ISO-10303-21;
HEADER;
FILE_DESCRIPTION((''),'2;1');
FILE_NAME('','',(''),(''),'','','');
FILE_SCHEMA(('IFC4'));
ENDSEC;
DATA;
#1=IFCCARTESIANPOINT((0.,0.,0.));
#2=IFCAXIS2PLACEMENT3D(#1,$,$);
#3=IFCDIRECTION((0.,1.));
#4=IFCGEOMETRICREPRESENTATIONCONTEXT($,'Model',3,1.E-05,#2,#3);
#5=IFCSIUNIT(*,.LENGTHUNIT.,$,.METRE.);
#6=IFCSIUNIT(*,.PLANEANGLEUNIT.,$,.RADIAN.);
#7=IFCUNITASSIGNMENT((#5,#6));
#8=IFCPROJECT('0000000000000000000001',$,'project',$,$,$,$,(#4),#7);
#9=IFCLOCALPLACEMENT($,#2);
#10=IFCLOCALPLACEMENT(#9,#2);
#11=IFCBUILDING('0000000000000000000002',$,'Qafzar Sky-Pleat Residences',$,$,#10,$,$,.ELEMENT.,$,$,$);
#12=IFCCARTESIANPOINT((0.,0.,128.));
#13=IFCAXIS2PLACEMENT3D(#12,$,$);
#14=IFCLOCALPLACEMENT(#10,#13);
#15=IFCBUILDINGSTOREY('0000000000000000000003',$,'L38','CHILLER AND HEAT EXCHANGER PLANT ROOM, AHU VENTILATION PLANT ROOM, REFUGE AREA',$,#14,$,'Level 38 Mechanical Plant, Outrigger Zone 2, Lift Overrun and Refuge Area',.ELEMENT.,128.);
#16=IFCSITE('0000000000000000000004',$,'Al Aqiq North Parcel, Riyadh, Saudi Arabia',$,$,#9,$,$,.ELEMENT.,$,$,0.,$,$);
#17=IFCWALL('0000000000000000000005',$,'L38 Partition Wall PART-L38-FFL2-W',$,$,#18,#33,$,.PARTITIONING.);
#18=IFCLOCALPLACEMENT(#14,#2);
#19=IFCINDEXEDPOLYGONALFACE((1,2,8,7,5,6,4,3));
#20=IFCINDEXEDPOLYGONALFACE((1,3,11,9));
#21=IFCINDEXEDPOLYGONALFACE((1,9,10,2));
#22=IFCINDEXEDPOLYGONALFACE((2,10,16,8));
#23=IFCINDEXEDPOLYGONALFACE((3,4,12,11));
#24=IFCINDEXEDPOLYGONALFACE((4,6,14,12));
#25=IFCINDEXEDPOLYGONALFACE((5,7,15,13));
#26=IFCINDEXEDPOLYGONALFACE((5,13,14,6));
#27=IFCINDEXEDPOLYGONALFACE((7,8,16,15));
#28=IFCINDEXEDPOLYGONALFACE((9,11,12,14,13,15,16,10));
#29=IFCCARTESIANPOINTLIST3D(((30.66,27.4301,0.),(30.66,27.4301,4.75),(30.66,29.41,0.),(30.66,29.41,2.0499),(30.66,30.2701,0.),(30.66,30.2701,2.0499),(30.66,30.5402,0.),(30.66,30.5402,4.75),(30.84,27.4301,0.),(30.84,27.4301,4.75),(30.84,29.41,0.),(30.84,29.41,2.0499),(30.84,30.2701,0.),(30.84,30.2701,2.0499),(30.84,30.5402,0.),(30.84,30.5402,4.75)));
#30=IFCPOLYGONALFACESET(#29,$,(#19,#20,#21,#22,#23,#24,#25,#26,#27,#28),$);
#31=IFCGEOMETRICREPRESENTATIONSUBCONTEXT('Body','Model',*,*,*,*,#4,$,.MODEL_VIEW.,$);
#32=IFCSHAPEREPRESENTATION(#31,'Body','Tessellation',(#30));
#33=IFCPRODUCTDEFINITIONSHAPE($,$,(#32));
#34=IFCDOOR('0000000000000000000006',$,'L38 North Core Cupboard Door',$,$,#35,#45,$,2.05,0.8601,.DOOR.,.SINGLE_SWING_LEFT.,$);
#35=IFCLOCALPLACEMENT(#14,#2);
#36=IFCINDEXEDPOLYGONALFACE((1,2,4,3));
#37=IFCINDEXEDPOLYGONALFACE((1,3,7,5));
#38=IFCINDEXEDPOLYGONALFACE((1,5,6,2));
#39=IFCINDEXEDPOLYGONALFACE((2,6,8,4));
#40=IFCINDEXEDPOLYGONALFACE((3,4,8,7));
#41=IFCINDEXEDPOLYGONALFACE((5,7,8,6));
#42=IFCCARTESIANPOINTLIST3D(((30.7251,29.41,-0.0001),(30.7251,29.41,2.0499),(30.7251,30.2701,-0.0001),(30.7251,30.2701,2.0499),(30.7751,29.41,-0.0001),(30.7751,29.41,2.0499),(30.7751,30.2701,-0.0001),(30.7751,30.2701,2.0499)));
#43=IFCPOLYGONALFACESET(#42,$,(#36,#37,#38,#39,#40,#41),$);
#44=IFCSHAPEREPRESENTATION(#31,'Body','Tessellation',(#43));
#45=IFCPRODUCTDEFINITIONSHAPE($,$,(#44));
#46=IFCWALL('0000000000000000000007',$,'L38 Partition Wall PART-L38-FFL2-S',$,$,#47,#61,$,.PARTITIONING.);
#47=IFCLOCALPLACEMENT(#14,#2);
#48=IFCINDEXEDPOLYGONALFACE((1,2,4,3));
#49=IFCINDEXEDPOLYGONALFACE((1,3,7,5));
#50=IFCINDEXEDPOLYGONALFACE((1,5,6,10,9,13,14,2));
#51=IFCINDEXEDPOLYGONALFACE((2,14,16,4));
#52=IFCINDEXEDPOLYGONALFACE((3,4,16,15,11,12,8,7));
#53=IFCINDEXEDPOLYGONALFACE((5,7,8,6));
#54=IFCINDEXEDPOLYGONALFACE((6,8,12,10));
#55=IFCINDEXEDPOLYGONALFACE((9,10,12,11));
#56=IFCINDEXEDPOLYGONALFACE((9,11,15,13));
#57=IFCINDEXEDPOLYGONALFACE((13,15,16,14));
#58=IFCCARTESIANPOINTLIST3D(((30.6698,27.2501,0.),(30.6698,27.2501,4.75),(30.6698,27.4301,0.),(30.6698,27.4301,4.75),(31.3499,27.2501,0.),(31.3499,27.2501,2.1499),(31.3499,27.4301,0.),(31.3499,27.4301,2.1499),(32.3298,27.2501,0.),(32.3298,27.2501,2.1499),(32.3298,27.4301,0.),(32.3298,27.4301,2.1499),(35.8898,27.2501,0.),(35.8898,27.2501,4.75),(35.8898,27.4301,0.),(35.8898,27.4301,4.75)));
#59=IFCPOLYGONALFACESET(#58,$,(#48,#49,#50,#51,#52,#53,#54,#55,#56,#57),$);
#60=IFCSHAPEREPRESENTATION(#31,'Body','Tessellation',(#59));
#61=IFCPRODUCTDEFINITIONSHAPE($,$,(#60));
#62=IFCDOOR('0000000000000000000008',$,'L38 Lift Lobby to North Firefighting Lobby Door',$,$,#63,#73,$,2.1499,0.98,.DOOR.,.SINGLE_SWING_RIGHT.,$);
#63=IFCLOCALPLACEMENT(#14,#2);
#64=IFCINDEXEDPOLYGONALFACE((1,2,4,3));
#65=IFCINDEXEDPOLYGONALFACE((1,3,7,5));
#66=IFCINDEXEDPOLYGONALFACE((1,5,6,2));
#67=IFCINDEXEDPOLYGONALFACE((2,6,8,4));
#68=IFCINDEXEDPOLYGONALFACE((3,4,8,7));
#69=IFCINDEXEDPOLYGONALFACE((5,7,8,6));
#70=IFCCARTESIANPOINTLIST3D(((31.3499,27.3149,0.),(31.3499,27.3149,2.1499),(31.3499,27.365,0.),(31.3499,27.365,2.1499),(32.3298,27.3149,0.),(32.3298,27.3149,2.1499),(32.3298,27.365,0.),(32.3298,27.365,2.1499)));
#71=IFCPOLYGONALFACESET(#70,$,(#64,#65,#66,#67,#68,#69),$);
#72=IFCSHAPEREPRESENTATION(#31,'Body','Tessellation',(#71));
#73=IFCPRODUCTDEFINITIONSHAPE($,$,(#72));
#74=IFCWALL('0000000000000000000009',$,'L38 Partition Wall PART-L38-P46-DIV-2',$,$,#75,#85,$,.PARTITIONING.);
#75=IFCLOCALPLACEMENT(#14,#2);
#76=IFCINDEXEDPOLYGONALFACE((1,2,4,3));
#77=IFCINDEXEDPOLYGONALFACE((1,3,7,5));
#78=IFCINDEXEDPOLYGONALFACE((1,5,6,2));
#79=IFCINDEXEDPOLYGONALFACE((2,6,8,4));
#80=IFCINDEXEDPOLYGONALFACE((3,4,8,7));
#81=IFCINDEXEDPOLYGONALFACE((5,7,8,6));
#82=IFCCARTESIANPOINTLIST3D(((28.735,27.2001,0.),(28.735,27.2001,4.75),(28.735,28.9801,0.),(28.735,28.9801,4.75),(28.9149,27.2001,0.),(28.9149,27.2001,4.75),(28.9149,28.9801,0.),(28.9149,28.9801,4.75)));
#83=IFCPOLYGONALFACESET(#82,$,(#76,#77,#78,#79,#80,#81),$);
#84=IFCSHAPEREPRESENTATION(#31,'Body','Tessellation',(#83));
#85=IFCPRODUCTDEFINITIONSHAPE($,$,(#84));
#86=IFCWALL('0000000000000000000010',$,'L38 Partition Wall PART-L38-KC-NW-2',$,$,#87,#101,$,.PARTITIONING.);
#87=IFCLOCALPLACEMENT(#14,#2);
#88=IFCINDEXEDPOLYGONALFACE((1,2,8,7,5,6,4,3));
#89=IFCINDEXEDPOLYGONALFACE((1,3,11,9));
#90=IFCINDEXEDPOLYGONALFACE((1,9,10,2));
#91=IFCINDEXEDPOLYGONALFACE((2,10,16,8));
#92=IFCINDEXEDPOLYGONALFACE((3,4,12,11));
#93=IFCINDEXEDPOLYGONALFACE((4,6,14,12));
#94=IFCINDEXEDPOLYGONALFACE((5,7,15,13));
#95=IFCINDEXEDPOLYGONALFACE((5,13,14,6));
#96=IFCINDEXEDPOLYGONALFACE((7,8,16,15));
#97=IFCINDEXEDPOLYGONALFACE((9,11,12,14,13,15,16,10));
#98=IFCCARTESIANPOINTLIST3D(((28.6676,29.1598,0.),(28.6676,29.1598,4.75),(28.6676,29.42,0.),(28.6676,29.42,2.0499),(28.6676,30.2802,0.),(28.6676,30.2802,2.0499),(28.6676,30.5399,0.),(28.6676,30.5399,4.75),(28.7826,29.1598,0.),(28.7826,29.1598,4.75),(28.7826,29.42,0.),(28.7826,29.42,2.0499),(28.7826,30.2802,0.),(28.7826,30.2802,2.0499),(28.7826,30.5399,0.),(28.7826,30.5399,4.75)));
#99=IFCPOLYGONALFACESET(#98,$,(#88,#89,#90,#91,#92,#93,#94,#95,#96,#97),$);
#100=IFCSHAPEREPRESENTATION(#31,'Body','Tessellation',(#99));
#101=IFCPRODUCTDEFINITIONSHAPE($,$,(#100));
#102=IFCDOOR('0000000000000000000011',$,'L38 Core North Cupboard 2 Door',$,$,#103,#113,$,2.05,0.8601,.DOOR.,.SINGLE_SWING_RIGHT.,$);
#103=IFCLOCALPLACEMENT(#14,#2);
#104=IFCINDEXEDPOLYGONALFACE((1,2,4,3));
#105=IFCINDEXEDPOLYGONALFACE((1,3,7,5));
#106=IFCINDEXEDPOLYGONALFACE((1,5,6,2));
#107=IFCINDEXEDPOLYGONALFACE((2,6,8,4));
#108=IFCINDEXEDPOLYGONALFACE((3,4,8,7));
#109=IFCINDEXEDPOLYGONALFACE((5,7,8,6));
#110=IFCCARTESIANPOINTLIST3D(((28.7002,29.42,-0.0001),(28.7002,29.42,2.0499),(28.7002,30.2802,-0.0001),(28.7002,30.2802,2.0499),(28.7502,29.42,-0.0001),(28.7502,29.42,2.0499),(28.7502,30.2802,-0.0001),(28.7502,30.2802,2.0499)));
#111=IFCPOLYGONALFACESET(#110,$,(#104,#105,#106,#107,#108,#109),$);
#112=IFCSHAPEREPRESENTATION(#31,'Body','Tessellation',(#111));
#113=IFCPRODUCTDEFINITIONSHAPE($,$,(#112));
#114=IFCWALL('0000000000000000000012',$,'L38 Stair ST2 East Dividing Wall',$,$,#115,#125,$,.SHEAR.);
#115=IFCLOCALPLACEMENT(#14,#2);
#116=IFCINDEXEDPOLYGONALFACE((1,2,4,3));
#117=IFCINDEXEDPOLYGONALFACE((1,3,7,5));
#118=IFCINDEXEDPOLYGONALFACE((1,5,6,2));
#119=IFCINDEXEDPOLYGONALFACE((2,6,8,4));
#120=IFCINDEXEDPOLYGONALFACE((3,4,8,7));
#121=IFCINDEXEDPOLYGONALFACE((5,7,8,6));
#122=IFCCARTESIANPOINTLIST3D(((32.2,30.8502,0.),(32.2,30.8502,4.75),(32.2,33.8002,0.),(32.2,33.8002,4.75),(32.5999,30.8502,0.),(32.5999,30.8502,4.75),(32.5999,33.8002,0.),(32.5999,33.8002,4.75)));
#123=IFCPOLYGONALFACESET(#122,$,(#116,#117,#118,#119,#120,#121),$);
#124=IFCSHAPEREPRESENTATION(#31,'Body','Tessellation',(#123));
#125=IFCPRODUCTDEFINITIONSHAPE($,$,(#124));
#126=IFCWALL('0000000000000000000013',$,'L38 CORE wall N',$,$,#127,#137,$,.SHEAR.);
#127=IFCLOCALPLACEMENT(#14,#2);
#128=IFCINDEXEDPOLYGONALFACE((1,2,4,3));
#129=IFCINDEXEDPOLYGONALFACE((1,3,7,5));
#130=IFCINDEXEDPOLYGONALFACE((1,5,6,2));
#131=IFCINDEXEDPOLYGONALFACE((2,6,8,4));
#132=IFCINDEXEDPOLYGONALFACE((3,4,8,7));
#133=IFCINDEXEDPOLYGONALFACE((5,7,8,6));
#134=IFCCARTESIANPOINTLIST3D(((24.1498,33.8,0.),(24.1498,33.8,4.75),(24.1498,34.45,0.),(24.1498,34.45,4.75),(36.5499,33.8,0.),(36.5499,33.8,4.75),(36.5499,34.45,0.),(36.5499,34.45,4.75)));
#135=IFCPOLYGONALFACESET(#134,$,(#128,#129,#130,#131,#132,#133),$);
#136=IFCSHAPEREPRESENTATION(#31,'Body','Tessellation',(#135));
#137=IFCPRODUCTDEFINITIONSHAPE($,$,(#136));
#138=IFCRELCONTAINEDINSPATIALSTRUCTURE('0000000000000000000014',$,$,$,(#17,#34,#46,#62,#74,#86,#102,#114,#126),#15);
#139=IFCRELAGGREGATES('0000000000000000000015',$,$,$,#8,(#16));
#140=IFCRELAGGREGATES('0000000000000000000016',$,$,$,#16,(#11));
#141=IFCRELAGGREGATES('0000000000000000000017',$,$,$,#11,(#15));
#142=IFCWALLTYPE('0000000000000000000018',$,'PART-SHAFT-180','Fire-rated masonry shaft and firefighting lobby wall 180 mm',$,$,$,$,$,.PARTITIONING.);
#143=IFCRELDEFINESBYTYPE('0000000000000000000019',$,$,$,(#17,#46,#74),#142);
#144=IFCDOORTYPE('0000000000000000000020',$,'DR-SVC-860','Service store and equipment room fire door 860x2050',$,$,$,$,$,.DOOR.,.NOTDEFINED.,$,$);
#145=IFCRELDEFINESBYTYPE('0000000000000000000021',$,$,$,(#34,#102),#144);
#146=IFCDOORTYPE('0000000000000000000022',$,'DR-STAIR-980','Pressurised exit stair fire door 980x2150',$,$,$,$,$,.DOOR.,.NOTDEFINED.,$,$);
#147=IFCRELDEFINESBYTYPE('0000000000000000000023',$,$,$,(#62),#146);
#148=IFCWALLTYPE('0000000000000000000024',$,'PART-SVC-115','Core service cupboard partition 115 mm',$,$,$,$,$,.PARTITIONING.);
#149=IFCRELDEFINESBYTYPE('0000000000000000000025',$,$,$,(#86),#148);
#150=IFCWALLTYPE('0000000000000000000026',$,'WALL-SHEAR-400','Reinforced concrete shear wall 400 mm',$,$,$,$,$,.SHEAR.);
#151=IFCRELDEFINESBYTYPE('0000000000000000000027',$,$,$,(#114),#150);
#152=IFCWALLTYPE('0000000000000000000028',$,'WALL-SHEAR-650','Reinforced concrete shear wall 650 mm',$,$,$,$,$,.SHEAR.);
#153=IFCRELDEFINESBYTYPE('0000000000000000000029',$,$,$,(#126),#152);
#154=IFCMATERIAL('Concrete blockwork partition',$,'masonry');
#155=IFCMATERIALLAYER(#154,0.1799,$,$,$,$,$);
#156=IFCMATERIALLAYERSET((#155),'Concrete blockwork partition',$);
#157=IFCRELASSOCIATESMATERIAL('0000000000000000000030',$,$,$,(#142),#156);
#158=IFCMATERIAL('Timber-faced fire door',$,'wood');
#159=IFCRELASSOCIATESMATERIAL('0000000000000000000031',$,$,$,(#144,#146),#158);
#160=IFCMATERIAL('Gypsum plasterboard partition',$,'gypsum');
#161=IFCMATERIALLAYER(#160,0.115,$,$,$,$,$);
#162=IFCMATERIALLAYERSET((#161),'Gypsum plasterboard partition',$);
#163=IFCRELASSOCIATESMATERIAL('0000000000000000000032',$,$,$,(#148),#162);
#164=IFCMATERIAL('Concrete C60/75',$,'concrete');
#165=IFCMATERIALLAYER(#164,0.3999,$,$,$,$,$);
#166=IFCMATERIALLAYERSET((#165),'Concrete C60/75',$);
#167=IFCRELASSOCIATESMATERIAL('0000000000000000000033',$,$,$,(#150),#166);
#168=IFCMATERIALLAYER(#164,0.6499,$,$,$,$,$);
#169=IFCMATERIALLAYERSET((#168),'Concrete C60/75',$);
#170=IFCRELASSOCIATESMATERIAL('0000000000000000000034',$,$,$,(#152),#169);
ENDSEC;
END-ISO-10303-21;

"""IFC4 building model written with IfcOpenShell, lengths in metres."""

from ifc_helpers import new_model, si_unit, direction, frame, frame_2d, origin, place, context, subcontext, project, spatial, rectangle, extrude, source, transform, mapped, material, layer, layer_set, type_object, element, fill, save


model = new_model("IFC4")

# Units and contexts
model_context = context("Model", 3, precision=1e-05, world=origin(), true_north=direction((0.0, 1.0)))
body_context = subcontext(model_context, "Body", "Model", "MODEL_VIEW")
ifc_project = project(units=[si_unit("LENGTHUNIT", "METRE"), si_unit("PLANEANGLEUNIT", "RADIAN")], contexts=[model_context])

# Site, building, storey
site_placement = place(None, origin())
site = spatial("IfcSite", under=ifc_project, at=site_placement, Name="Al Aqiq North Parcel, Riyadh, Saudi Arabia", CompositionType="ELEMENT", RefElevation=0.0)
building_placement = place(site_placement, origin())
building = spatial("IfcBuilding", under=site, at=building_placement, Name="Qafzar Sky-Pleat Residences", CompositionType="ELEMENT")
storey_placement = place(building_placement, frame((0.0, 0.0, 128.0)))
storey = spatial("IfcBuildingStorey", under=building, at=storey_placement, Name="L38", Description="CHILLER AND HEAT EXCHANGER PLANT ROOM, AHU VENTILATION PLANT ROOM, REFUGE AREA", LongName="Level 38 Mechanical Plant, Outrigger Zone 2, Lift Overrun and Refuge Area", CompositionType="ELEMENT", Elevation=128.0)

# Shared definitions
ifc_material_1 = material(Name="Timber-faced fire door", Category="wood")

# Walls, openings, doors
ifc_material_2 = material(Name="Concrete blockwork partition", Category="masonry")
ifc_layer_1 = layer(ifc_material_2, 0.1799)
ifc_layer_set_1 = layer_set([ifc_layer_1], Name="Concrete blockwork partition")
wall_type_1 = type_object("IfcWallType", Name="PART-SHAFT-180", Description="Fire-rated masonry shaft and firefighting lobby wall 180 mm", PredefinedType="PARTITIONING", material=ifc_layer_set_1)
wall_1_placement = place(storey_placement, frame((30.75, 27.4299, 0.0), z_axis=(0.0, 0.0, 1.0), x_axis=(0.0, 1.0, 0.0)))
wall_1 = element("IfcWall", 1, at=wall_1_placement, inside=storey, type_object=wall_type_1, Name="L38 Partition Wall PART-L38-FFL2-W", PredefinedType="PARTITIONING", context=body_context, shape_type="SweptSolid", body=[
    extrude(rectangle(XDim=3.1101, YDim=0.1799, at=frame_2d((1.5552, 0.0))), origin(), (0.0, 0.0, 1.0), 4.75),
])
opening_1_placement = place(wall_1_placement, frame((1.98, 0.0, 0.0)))
opening_1 = element("IfcOpeningElement", 2, at=opening_1_placement, cuts=wall_1, PredefinedType="OPENING", context=body_context, shape_type="SweptSolid", body=[
    extrude(rectangle(XDim=0.8601, YDim=2.05, at=frame_2d((0.4302, 1.0249))), frame((0.0, 0.1001, 0.0), z_axis=(0.0, -1.0, 0.0), x_axis=(1.0, 0.0, 0.0)), (0.0, 0.0, 1.0), 0.2),
])
door_type_1 = type_object("IfcDoorType", Name="DR-SVC-860", Description="Service store and equipment room fire door 860x2050", OperationType="NOTDEFINED", PredefinedType="DOOR", material=ifc_material_1)
shared_shape_1 = source(origin(), body_context, "Body", "SweptSolid", [
    extrude(rectangle(XDim=0.8601, YDim=2.05, at=frame_2d((0.4302, 1.0249))), frame((0.0, 0.0249, 0.0), z_axis=(0.0, -1.0, 0.0), x_axis=(1.0, 0.0, 0.0)), (0.0, 0.0, 1.0), 0.05),
])
door_1_placement = place(opening_1_placement, origin())
door_1 = element("IfcDoor", 3, at=door_1_placement, inside=storey, type_object=door_type_1, Name="L38 North Core Cupboard Door", OperationType="SINGLE_SWING_LEFT", OverallHeight=2.05, OverallWidth=0.8601, PredefinedType="DOOR", context=body_context, shape_type="MappedRepresentation", body=[
    mapped(shared_shape_1, transform((0.0, 0.0, 0.0), x_axis=(1.0, 0.0, 0.0), y_axis=(0.0, 1.0, 0.0), z_axis=(0.0, 0.0, 1.0), scale=1.0)),
])
fill(opening_1, door_1)
wall_2_placement = place(storey_placement, frame((30.6699, 27.3401, 0.0), z_axis=(0.0, 0.0, 1.0), x_axis=(1.0, 0.0, 0.0)))
wall_2 = element("IfcWall", 4, at=wall_2_placement, inside=storey, type_object=wall_type_1, Name="L38 Partition Wall PART-L38-FFL2-S", PredefinedType="PARTITIONING", context=body_context, shape_type="SweptSolid", body=[
    extrude(rectangle(XDim=5.22, YDim=0.1799, at=frame_2d((2.6099, 0.0))), origin(), (0.0, 0.0, 1.0), 4.75),
])
opening_2_placement = place(wall_2_placement, frame((0.6799, 0.0, 0.0)))
opening_2 = element("IfcOpeningElement", 5, at=opening_2_placement, cuts=wall_2, PredefinedType="OPENING", context=body_context, shape_type="SweptSolid", body=[
    extrude(rectangle(XDim=0.98, YDim=2.1499, at=frame_2d((0.49, 1.075))), frame((0.0, 0.1001, 0.0), z_axis=(0.0, -1.0, 0.0), x_axis=(1.0, 0.0, 0.0)), (0.0, 0.0, 1.0), 0.2),
])
door_type_2 = type_object("IfcDoorType", Name="DR-STAIR-980", Description="Pressurised exit stair fire door 980x2150", OperationType="NOTDEFINED", PredefinedType="DOOR", material=ifc_material_1)
shared_shape_2 = source(origin(), body_context, "Body", "SweptSolid", [
    extrude(rectangle(XDim=0.98, YDim=2.1499, at=frame_2d((0.49, 1.075))), frame((0.0, 0.0249, 0.0), z_axis=(0.0, -1.0, 0.0), x_axis=(1.0, 0.0, 0.0)), (0.0, 0.0, 1.0), 0.05),
])
door_2_placement = place(opening_2_placement, origin())
door_2 = element("IfcDoor", 6, at=door_2_placement, inside=storey, type_object=door_type_2, Name="L38 Lift Lobby to North Firefighting Lobby Door", OperationType="SINGLE_SWING_RIGHT", OverallHeight=2.1499, OverallWidth=0.98, PredefinedType="DOOR", context=body_context, shape_type="MappedRepresentation", body=[
    mapped(shared_shape_2, transform((0.0, 0.0, 0.0), x_axis=(1.0, 0.0, 0.0), y_axis=(0.0, 1.0, 0.0), z_axis=(0.0, 0.0, 1.0), scale=1.0)),
])
fill(opening_2, door_2)

# Wall
wall_3_placement = place(storey_placement, frame((28.825, 27.2, 0.0), z_axis=(0.0, 0.0, 1.0), x_axis=(0.0, 1.0, 0.0)))
element("IfcWall", 7, at=wall_3_placement, inside=storey, type_object=wall_type_1, Name="L38 Partition Wall PART-L38-P46-DIV-2", PredefinedType="PARTITIONING", context=body_context, shape_type="SweptSolid", body=[
    extrude(rectangle(XDim=1.78, YDim=0.1799, at=frame_2d((0.8901, 0.0))), origin(), (0.0, 0.0, 1.0), 4.75),
])

# Wall, opening, door
ifc_material_3 = material(Name="Gypsum plasterboard partition", Category="gypsum")
ifc_layer_2 = layer(ifc_material_3, 0.115)
ifc_layer_set_2 = layer_set([ifc_layer_2], Name="Gypsum plasterboard partition")
wall_type_2 = type_object("IfcWallType", Name="PART-SVC-115", Description="Core service cupboard partition 115 mm", PredefinedType="PARTITIONING", material=ifc_layer_set_2)
wall_4_placement = place(storey_placement, frame((28.7251, 29.1599, 0.0), z_axis=(0.0, 0.0, 1.0), x_axis=(0.0, 1.0, 0.0)))
wall_4 = element("IfcWall", 8, at=wall_4_placement, inside=storey, type_object=wall_type_2, Name="L38 Partition Wall PART-L38-KC-NW-2", PredefinedType="PARTITIONING", context=body_context, shape_type="SweptSolid", body=[
    extrude(rectangle(XDim=1.3801, YDim=0.115, at=frame_2d((0.6899, 0.0))), origin(), (0.0, 0.0, 1.0), 4.75),
])
opening_3_placement = place(wall_4_placement, frame((0.26, 0.0, 0.0)))
opening_3 = element("IfcOpeningElement", 9, at=opening_3_placement, cuts=wall_4, PredefinedType="OPENING", context=body_context, shape_type="SweptSolid", body=[
    extrude(rectangle(XDim=0.8601, YDim=2.05, at=frame_2d((0.4302, 1.0249))), frame((0.0, 0.0674, 0.0), z_axis=(0.0, -1.0, 0.0), x_axis=(1.0, 0.0, 0.0)), (0.0, 0.0, 1.0), 0.135),
])
door_3_placement = place(opening_3_placement, origin())
door_3 = element("IfcDoor", 10, at=door_3_placement, inside=storey, type_object=door_type_1, Name="L38 Core North Cupboard 2 Door", OperationType="SINGLE_SWING_RIGHT", OverallHeight=2.05, OverallWidth=0.8601, PredefinedType="DOOR", context=body_context, shape_type="MappedRepresentation", body=[
    mapped(shared_shape_1, transform((0.0, 0.0, 0.0), x_axis=(1.0, 0.0, 0.0), y_axis=(0.0, 1.0, 0.0), z_axis=(0.0, 0.0, 1.0), scale=1.0)),
])
fill(opening_3, door_3)

# Walls
ifc_material_4 = material(Name="Concrete C60/75", Category="concrete")
ifc_layer_3 = layer(ifc_material_4, 0.3999)
ifc_layer_set_3 = layer_set([ifc_layer_3], Name="Concrete C60/75")
wall_type_3 = type_object("IfcWallType", Name="WALL-SHEAR-400", Description="Reinforced concrete shear wall 400 mm", PredefinedType="SHEAR", material=ifc_layer_set_3)
wall_5_placement = place(storey_placement, frame((32.3999, 30.8501, 0.0), z_axis=(0.0, 0.0, 1.0), x_axis=(0.0, 1.0, 0.0)))
element("IfcWall", 11, at=wall_5_placement, inside=storey, type_object=wall_type_3, Name="L38 Stair ST2 East Dividing Wall", PredefinedType="SHEAR", context=body_context, shape_type="SweptSolid", body=[
    extrude(rectangle(XDim=2.95, YDim=0.3999, at=frame_2d((1.4751, 0.0))), origin(), (0.0, 0.0, 1.0), 4.75),
])
ifc_layer_4 = layer(ifc_material_4, 0.6499)
ifc_layer_set_4 = layer_set([ifc_layer_4], Name="Concrete C60/75")
wall_type_4 = type_object("IfcWallType", Name="WALL-SHEAR-650", Description="Reinforced concrete shear wall 650 mm", PredefinedType="SHEAR", material=ifc_layer_set_4)
wall_6_placement = place(storey_placement, frame((36.55, 34.125, 0.0), z_axis=(0.0, 0.0, 1.0), x_axis=(-1.0, 0.0, 0.0)))
element("IfcWall", 12, at=wall_6_placement, inside=storey, type_object=wall_type_4, Name="L38 CORE wall N", PredefinedType="SHEAR", context=body_context, shape_type="SweptSolid", body=[
    extrude(rectangle(XDim=12.4001, YDim=0.6499, at=frame_2d((6.2002, 0.0))), origin(), (0.0, 0.0, 1.0), 4.75),
])

save(model, "model.ifc")
